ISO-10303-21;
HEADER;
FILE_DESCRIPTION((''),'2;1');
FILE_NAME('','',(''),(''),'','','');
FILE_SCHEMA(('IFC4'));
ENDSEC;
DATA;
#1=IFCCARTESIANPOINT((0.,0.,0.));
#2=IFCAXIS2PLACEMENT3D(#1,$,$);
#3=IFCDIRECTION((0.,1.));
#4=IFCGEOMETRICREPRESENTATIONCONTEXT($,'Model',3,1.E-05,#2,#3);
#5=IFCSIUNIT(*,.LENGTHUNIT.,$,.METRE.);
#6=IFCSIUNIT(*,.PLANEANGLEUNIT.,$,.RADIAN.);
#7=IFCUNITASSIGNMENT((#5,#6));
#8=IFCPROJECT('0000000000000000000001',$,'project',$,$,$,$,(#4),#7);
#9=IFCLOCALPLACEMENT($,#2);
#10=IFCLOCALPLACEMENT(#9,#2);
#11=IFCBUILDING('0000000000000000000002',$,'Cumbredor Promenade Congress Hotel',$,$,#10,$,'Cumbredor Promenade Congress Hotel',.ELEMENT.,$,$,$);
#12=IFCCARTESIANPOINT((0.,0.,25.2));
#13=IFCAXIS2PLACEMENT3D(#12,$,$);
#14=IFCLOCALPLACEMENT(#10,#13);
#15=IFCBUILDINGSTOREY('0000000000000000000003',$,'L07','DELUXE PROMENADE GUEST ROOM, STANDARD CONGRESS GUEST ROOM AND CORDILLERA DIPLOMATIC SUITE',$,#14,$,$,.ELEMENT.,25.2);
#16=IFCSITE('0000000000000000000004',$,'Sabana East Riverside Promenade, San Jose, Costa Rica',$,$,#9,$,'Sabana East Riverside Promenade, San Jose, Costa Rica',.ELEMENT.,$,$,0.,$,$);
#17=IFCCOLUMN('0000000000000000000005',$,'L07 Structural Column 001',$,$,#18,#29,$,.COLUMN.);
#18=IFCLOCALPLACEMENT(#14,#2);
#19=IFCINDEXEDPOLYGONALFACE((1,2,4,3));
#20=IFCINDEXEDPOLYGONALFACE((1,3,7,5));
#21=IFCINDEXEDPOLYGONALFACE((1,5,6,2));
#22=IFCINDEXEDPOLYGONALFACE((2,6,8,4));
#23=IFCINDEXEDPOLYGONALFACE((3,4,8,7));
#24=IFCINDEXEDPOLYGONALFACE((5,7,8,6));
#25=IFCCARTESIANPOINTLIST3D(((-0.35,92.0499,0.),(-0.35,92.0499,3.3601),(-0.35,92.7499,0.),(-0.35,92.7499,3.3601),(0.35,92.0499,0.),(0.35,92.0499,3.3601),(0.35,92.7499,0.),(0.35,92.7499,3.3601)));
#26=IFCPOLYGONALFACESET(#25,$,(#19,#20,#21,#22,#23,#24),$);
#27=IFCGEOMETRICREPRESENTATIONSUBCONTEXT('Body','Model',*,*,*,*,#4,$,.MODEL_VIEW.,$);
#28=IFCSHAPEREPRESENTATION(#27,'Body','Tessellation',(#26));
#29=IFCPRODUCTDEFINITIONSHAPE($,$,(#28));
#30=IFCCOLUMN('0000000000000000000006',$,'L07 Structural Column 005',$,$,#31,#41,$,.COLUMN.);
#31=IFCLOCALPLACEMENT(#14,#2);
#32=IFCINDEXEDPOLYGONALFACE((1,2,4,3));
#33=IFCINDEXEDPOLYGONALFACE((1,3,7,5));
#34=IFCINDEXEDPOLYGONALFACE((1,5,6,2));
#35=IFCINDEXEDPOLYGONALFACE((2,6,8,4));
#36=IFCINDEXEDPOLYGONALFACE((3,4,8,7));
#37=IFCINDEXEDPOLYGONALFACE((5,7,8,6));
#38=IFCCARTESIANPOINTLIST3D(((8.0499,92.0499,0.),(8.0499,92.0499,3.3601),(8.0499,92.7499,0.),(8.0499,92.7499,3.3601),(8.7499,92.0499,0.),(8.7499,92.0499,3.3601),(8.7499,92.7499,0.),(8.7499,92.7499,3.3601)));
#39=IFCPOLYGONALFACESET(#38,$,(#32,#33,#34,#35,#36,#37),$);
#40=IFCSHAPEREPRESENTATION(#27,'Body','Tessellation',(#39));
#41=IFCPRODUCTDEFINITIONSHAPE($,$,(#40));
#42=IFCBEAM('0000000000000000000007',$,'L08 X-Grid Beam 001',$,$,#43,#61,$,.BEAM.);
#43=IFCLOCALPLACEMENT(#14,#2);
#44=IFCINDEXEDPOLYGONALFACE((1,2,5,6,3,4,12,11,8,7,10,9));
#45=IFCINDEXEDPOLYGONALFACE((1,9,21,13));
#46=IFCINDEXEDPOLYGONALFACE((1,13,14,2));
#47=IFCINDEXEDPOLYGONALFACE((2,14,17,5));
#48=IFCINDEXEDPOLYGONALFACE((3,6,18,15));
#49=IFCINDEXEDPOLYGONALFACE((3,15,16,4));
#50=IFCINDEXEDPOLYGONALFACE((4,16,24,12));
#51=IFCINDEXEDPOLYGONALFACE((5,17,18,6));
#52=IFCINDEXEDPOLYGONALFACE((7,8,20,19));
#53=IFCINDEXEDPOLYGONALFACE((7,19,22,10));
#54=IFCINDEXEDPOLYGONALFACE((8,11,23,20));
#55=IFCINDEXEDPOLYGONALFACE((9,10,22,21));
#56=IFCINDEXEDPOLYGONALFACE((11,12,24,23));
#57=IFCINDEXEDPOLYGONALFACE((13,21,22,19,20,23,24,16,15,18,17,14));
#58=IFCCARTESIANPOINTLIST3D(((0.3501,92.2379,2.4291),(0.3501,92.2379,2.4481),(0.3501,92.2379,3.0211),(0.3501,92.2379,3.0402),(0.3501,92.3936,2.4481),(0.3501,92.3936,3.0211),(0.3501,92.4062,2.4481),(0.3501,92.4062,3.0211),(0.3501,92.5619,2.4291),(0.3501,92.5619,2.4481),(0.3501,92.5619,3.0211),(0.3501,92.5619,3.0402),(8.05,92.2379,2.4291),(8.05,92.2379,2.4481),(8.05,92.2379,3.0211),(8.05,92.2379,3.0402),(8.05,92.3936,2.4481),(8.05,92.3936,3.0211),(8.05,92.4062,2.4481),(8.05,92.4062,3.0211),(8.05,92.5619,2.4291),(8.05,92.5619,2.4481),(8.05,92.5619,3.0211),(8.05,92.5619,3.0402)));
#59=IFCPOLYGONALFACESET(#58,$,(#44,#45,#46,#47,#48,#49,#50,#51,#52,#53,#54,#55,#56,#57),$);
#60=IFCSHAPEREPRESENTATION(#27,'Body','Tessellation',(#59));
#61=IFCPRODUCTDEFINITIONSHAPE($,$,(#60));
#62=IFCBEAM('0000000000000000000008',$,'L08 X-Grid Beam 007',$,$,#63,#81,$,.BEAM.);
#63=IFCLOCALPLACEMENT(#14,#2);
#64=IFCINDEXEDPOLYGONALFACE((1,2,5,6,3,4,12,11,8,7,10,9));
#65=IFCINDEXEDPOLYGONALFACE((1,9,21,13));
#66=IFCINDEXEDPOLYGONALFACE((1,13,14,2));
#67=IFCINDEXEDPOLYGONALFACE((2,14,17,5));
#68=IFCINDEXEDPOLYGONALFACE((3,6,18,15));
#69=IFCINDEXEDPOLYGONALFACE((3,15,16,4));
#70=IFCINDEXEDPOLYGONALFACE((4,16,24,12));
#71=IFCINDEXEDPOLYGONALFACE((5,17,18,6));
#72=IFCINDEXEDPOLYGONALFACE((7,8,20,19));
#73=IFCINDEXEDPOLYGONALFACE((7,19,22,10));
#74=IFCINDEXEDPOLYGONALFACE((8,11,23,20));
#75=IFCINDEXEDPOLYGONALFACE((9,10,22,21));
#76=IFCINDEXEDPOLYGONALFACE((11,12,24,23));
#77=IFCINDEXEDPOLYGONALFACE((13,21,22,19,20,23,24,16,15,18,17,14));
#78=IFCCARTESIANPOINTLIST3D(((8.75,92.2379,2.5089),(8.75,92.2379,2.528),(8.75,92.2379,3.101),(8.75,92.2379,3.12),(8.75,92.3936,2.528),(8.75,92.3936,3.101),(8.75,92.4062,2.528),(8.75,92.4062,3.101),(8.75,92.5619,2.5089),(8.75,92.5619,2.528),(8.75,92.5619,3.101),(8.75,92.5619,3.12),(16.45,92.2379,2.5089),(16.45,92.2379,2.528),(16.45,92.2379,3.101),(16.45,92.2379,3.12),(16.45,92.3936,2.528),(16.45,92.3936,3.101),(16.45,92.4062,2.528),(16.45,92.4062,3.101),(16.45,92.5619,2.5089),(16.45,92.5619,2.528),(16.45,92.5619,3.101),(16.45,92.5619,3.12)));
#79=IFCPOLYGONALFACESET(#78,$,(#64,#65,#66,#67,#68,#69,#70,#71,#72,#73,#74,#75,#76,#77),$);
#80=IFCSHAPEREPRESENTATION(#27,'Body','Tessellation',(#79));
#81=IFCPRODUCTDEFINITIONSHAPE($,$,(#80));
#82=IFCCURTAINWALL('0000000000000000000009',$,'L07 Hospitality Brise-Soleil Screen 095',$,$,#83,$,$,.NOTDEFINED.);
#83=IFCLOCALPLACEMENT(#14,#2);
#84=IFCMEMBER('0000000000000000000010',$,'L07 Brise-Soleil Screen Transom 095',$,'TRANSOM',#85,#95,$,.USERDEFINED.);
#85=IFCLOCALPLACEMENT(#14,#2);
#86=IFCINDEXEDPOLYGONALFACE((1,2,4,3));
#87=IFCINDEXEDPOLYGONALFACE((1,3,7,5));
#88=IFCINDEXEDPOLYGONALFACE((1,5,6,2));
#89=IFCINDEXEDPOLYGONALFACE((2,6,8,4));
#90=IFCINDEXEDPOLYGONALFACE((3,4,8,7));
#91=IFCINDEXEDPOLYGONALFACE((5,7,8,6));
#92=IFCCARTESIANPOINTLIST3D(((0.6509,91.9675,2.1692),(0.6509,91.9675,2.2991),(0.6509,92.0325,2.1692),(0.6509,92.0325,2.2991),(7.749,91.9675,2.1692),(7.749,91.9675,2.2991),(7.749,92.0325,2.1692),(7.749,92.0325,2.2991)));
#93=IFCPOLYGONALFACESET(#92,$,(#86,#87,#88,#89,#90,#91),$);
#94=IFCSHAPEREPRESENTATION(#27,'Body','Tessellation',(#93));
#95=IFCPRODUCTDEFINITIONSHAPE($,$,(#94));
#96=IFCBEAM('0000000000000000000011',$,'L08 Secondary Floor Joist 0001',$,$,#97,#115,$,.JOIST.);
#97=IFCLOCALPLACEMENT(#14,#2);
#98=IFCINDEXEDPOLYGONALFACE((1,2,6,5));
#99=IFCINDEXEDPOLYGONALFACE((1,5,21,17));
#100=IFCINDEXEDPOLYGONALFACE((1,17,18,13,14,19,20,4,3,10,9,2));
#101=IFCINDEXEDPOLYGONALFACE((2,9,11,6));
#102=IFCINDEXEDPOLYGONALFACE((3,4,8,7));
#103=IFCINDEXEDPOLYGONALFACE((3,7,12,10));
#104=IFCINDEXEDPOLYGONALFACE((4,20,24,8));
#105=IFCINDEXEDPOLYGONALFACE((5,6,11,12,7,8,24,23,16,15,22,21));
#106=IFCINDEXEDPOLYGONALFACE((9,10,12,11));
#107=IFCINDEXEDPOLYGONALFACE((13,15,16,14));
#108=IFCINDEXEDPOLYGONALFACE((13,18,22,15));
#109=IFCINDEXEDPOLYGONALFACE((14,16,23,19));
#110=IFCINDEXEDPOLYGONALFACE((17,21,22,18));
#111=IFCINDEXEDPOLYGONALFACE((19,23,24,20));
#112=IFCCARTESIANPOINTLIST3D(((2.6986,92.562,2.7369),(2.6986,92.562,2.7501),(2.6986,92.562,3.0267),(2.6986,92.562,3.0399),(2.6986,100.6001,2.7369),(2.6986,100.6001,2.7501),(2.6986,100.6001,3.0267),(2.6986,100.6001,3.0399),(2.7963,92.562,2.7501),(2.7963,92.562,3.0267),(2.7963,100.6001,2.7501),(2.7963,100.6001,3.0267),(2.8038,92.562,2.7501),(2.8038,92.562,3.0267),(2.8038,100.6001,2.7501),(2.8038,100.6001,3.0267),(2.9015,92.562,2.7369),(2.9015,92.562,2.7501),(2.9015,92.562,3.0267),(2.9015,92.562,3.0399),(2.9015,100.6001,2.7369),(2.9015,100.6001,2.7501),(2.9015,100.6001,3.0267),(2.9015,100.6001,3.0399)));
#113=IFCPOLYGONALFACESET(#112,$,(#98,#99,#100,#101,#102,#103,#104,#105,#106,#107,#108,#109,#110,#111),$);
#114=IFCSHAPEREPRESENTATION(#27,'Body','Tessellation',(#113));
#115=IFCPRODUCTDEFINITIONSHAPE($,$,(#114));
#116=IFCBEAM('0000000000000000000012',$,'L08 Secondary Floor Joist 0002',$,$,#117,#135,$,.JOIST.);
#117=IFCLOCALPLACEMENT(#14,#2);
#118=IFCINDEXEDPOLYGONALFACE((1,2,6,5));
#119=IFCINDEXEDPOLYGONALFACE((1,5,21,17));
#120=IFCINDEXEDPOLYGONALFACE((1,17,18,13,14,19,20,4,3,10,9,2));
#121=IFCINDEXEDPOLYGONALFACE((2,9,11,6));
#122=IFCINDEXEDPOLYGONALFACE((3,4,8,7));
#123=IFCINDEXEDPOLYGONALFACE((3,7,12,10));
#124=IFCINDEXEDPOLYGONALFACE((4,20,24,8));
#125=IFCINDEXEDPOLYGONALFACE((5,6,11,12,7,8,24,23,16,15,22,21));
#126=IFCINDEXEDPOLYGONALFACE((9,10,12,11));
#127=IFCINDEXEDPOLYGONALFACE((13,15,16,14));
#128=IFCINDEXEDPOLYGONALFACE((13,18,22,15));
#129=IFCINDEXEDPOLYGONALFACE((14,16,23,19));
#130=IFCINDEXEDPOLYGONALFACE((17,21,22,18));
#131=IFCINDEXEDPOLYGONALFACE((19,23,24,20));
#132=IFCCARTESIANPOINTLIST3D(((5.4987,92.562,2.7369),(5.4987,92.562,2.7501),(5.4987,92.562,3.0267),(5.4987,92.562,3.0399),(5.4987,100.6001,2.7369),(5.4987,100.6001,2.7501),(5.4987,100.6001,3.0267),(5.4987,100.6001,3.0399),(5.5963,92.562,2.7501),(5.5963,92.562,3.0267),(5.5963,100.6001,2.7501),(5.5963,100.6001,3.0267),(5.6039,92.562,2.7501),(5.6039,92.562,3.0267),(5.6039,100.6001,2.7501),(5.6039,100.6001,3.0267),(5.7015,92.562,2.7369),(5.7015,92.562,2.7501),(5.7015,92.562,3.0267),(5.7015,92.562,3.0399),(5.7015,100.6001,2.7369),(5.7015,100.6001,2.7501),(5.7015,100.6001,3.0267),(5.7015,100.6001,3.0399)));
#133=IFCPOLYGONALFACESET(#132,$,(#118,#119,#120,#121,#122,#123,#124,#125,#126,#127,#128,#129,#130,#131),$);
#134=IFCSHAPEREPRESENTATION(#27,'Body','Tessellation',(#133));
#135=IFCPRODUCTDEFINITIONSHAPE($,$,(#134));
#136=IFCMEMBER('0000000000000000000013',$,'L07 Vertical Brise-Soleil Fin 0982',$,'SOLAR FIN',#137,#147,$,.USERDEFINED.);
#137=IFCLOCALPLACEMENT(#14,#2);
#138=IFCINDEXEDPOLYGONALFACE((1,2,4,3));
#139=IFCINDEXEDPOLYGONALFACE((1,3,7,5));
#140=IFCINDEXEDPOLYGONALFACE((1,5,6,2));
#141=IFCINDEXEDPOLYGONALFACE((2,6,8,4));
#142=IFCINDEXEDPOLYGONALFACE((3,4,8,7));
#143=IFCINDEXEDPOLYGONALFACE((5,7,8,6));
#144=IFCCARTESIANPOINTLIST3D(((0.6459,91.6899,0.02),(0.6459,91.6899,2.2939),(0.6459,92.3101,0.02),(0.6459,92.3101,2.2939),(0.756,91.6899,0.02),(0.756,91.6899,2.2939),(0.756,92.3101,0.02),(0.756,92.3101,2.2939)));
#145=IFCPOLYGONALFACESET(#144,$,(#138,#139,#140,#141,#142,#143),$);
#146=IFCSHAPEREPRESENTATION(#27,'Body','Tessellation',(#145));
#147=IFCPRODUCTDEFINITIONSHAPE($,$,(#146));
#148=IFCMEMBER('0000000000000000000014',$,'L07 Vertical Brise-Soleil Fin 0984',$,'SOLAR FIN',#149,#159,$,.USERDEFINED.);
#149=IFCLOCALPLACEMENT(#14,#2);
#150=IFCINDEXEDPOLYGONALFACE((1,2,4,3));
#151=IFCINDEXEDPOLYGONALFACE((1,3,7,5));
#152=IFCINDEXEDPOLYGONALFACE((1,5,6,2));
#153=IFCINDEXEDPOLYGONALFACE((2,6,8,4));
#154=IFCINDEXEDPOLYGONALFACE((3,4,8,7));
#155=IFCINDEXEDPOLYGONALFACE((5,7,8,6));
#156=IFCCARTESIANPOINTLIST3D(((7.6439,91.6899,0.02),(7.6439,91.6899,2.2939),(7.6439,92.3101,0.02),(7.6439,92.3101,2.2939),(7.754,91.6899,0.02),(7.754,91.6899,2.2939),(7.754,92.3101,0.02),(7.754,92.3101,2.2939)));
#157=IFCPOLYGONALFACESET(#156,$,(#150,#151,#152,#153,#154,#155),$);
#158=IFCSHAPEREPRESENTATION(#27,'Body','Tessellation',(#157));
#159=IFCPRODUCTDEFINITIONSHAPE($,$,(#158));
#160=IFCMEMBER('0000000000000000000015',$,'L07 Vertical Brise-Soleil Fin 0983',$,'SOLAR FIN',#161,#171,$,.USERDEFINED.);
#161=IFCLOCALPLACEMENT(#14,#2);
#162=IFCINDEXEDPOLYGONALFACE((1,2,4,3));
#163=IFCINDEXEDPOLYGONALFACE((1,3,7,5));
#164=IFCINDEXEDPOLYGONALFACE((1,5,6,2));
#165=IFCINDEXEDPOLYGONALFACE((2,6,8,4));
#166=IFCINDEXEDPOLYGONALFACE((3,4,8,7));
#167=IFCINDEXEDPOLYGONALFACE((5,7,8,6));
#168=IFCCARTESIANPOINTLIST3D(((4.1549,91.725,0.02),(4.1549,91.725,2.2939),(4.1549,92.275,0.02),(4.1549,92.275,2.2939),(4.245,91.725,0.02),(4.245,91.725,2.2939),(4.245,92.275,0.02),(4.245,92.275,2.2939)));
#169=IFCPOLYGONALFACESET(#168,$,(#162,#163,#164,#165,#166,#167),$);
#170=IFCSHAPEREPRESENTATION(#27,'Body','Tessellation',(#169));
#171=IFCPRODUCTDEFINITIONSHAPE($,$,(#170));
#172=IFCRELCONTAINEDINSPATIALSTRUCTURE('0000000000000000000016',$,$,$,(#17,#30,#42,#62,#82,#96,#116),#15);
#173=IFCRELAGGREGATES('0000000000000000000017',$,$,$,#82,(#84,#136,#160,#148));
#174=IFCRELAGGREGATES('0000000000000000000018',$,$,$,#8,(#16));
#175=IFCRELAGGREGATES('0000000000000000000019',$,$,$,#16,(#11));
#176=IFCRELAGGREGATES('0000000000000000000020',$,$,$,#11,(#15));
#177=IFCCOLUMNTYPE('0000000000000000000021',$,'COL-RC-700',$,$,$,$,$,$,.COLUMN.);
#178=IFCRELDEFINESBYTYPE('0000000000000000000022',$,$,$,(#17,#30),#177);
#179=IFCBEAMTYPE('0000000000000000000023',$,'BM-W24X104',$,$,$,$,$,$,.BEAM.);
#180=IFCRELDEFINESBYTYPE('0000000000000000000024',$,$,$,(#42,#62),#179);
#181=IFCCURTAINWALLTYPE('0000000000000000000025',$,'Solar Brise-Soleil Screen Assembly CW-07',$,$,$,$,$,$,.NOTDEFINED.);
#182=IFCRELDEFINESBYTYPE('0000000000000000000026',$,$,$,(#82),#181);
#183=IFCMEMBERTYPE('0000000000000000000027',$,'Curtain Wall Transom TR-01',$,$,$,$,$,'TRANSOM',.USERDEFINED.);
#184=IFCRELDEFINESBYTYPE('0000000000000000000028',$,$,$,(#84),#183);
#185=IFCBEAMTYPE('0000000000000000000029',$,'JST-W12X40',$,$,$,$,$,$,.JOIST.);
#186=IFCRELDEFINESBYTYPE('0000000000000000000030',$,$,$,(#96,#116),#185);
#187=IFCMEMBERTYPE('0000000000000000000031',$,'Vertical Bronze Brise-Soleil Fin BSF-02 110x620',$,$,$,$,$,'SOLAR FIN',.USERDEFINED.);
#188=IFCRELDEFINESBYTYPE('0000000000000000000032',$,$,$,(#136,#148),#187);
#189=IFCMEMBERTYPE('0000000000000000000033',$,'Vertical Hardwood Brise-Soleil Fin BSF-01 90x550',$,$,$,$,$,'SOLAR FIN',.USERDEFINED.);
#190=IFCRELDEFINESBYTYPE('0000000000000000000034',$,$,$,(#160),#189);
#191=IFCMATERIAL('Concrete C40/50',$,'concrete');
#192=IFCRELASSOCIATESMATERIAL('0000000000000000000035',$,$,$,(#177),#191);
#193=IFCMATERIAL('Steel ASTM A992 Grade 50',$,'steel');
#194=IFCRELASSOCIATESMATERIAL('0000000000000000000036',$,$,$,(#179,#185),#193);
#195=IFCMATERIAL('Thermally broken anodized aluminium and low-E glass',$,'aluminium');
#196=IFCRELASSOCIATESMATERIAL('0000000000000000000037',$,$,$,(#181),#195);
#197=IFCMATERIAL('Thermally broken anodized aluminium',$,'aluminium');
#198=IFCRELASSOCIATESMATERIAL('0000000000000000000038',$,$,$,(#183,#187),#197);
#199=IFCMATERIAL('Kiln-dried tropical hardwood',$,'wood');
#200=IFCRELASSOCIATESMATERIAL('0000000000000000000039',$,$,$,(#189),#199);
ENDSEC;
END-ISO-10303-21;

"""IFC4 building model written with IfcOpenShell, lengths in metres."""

from ifc_helpers import new_model, si_unit, direction, frame, origin, origin_2d, place, context, subcontext, project, spatial, rectangle, i_section, extrude, material, material_profile, profile_set, type_object, element, aggregate, save


model = new_model("IFC4")

# Units and contexts
model_context = context("Model", 3, precision=1e-05, world=origin(), true_north=direction((0.0, 1.0)))
body_context = subcontext(model_context, "Body", "Model", "MODEL_VIEW")
ifc_project = project(units=[si_unit("LENGTHUNIT", "METRE"), si_unit("PLANEANGLEUNIT", "RADIAN")], contexts=[model_context])

# Site, building, storey
site_placement = place(None, origin())
site = spatial("IfcSite", under=ifc_project, at=site_placement, Name="Sabana East Riverside Promenade, San Jose, Costa Rica", LongName="Sabana East Riverside Promenade, San Jose, Costa Rica", CompositionType="ELEMENT", RefElevation=0.0)
building_placement = place(site_placement, origin())
building = spatial("IfcBuilding", under=site, at=building_placement, Name="Cumbredor Promenade Congress Hotel", LongName="Cumbredor Promenade Congress Hotel", CompositionType="ELEMENT")
storey_placement = place(building_placement, frame((0.0, 0.0, 25.2)))
storey = spatial("IfcBuildingStorey", under=building, at=storey_placement, Name="L07", Description="DELUXE PROMENADE GUEST ROOM, STANDARD CONGRESS GUEST ROOM AND CORDILLERA DIPLOMATIC SUITE", CompositionType="ELEMENT", Elevation=25.2)

# Columns
ifc_material_1 = material(Name="Concrete C40/50", Category="concrete")
ifc_material_profile_1 = material_profile(ifc_material_1, rectangle(XDim=0.7, YDim=0.7, at=origin_2d()), Name="RC 700x700")
ifc_profile_set_1 = profile_set([ifc_material_profile_1], Name="Concrete C40/50")
column_type = type_object("IfcColumnType", Name="COL-RC-700", PredefinedType="COLUMN", material=ifc_profile_set_1)
for number, where, z_axis, x_axis, name in (
    (1, (0.0, 92.3999, 0.0), (0.0, 0.0, 1.0), (1.0, 0.0, 0.0), "L07 Structural Column 001"),
    (2, (8.3999, 92.3999, 0.0), (0.0, 0.0, 1.0), (1.0, 0.0, 0.0), "L07 Structural Column 005"),
):
    element("IfcColumn", number, at=place(storey_placement, frame(where, z_axis=z_axis, x_axis=x_axis)), inside=storey, type_object=column_type, Name=name, PredefinedType="COLUMN", context=body_context, shape_type="SweptSolid", body=[
        extrude(rectangle(XDim=0.7, YDim=0.7, at=origin_2d()), origin(), (0.0, 0.0, 1.0), 3.3601),
    ])

# Beams
ifc_material_2 = material(Name="Steel ASTM A992 Grade 50", Category="steel")
ifc_material_profile_2 = material_profile(ifc_material_2, i_section(OverallWidth=0.324, OverallDepth=0.6111, WebThickness=0.0127, FlangeThickness=0.019, at=origin_2d()), Name="W24X104")
ifc_profile_set_2 = profile_set([ifc_material_profile_2], Name="Steel ASTM A992 Grade 50")
beam_type_1 = type_object("IfcBeamType", Name="BM-W24X104", PredefinedType="BEAM", material=ifc_profile_set_2)
for number, where, z_axis, x_axis, name in (
    (3, (0.3501, 92.3999, 2.7346), (1.0, 0.0, 0.0), (0.0, 1.0, 0.0), "L08 X-Grid Beam 001"),
    (4, (8.75, 92.3999, 2.8145), (1.0, 0.0, 0.0), (0.0, 1.0, 0.0), "L08 X-Grid Beam 007"),
):
    element("IfcBeam", number, at=place(storey_placement, frame(where, z_axis=z_axis, x_axis=x_axis)), inside=storey, type_object=beam_type_1, Name=name, PredefinedType="BEAM", context=body_context, shape_type="SweptSolid", body=[
        extrude(i_section(OverallWidth=0.324, OverallDepth=0.6111, WebThickness=0.0127, FlangeThickness=0.019, at=origin_2d()), origin(), (0.0, 0.0, 1.0), 7.7),
    ])

# Curtain wall, member
ifc_material_3 = material(Name="Thermally broken anodized aluminium and low-E glass", Category="aluminium")
curtain_wall_type = type_object("IfcCurtainWallType", Name="Solar Brise-Soleil Screen Assembly CW-07", PredefinedType="NOTDEFINED", material=ifc_material_3)
curtain_wall_placement = place(storey_placement, origin())
curtain_wall = element("IfcCurtainWall", 5, at=curtain_wall_placement, inside=storey, type_object=curtain_wall_type, Name="L07 Hospitality Brise-Soleil Screen 095", PredefinedType="NOTDEFINED")
ifc_material_4 = material(Name="Thermally broken anodized aluminium", Category="aluminium")
ifc_material_profile_3 = material_profile(ifc_material_4, rectangle(XDim=0.0649, YDim=0.1299, at=origin_2d()), Name="ALU TRANSOM 65x130")
ifc_profile_set_3 = profile_set([ifc_material_profile_3], Name="Thermally broken anodized aluminium")
member_type_1 = type_object("IfcMemberType", Name="Curtain Wall Transom TR-01", ElementType="TRANSOM", PredefinedType="USERDEFINED", material=ifc_profile_set_3)
member_1_placement = place(storey_placement, frame((0.6509, 92.0, 2.2341), z_axis=(1.0, 0.0, 0.0), x_axis=(0.0, 1.0, 0.0)))
member_1 = element("IfcMember", 6, at=member_1_placement, type_object=member_type_1, Name="L07 Brise-Soleil Screen Transom 095", ObjectType="TRANSOM", PredefinedType="USERDEFINED", context=body_context, shape_type="SweptSolid", body=[
    extrude(rectangle(XDim=0.0649, YDim=0.1299, at=origin_2d()), origin(), (0.0, 0.0, 1.0), 7.0981),
])

# Beams
ifc_material_profile_4 = material_profile(ifc_material_2, i_section(OverallWidth=0.2029, OverallDepth=0.303, WebThickness=0.0076, FlangeThickness=0.0132, at=origin_2d()), Name="W12X40")
ifc_profile_set_4 = profile_set([ifc_material_profile_4], Name="Steel ASTM A992 Grade 50")
beam_type_2 = type_object("IfcBeamType", Name="JST-W12X40", PredefinedType="JOIST", material=ifc_profile_set_4)
for number, where, z_axis, x_axis, name in (
    (7, (2.8, 92.562, 2.8884), (0.0, 1.0, 0.0), (-1.0, 0.0, 0.0), "L08 Secondary Floor Joist 0001"),
    (8, (5.6001, 92.562, 2.8884), (0.0, 1.0, 0.0), (-1.0, 0.0, 0.0), "L08 Secondary Floor Joist 0002"),
):
    element("IfcBeam", number, at=place(storey_placement, frame(where, z_axis=z_axis, x_axis=x_axis)), inside=storey, type_object=beam_type_2, Name=name, PredefinedType="JOIST", context=body_context, shape_type="SweptSolid", body=[
        extrude(i_section(OverallWidth=0.2029, OverallDepth=0.303, WebThickness=0.0076, FlangeThickness=0.0132, at=origin_2d()), origin(), (0.0, 0.0, 1.0), 8.0381),
    ])

# Members
ifc_material_profile_5 = material_profile(ifc_material_4, rectangle(XDim=0.1101, YDim=0.6201, at=origin_2d()), Name="ARCH FIN 110x620")
ifc_profile_set_5 = profile_set([ifc_material_profile_5], Name="Thermally broken anodized aluminium")
member_type_2 = type_object("IfcMemberType", Name="Vertical Bronze Brise-Soleil Fin BSF-02 110x620", ElementType="SOLAR FIN", PredefinedType="USERDEFINED", material=ifc_profile_set_5)
member_2_placement = place(storey_placement, frame((0.7009, 92.0, 0.02), z_axis=(0.0, 0.0, 1.0), x_axis=(1.0, 0.0, 0.0)))
member_2 = element("IfcMember", 9, at=member_2_placement, type_object=member_type_2, Name="L07 Vertical Brise-Soleil Fin 0982", ObjectType="SOLAR FIN", PredefinedType="USERDEFINED", context=body_context, shape_type="SweptSolid", body=[
    extrude(rectangle(XDim=0.1101, YDim=0.6201, at=origin_2d()), origin(), (0.0, 0.0, 1.0), 2.2739),
])
member_3_placement = place(storey_placement, frame((7.699, 92.0, 0.02), z_axis=(0.0, 0.0, 1.0), x_axis=(1.0, 0.0, 0.0)))
member_3 = element("IfcMember", 10, at=member_3_placement, type_object=member_type_2, Name="L07 Vertical Brise-Soleil Fin 0984", ObjectType="SOLAR FIN", PredefinedType="USERDEFINED", context=body_context, shape_type="SweptSolid", body=[
    extrude(rectangle(XDim=0.1101, YDim=0.6201, at=origin_2d()), origin(), (0.0, 0.0, 1.0), 2.2739),
])
ifc_material_5 = material(Name="Kiln-dried tropical hardwood", Category="wood")
ifc_material_profile_6 = material_profile(ifc_material_5, rectangle(XDim=0.0901, YDim=0.55, at=origin_2d()), Name="ARCH FIN 90x550")
ifc_profile_set_6 = profile_set([ifc_material_profile_6], Name="Kiln-dried tropical hardwood")
member_type_3 = type_object("IfcMemberType", Name="Vertical Hardwood Brise-Soleil Fin BSF-01 90x550", ElementType="SOLAR FIN", PredefinedType="USERDEFINED", material=ifc_profile_set_6)
member_4_placement = place(storey_placement, frame((4.2, 92.0, 0.02), z_axis=(0.0, 0.0, 1.0), x_axis=(1.0, 0.0, 0.0)))
member_4 = element("IfcMember", 11, at=member_4_placement, type_object=member_type_3, Name="L07 Vertical Brise-Soleil Fin 0983", ObjectType="SOLAR FIN", PredefinedType="USERDEFINED", context=body_context, shape_type="SweptSolid", body=[
    extrude(rectangle(XDim=0.0901, YDim=0.55, at=origin_2d()), origin(), (0.0, 0.0, 1.0), 2.2739),
])
aggregate(curtain_wall, [member_1, member_2, member_4, member_3])

save(model, "model.ifc")
